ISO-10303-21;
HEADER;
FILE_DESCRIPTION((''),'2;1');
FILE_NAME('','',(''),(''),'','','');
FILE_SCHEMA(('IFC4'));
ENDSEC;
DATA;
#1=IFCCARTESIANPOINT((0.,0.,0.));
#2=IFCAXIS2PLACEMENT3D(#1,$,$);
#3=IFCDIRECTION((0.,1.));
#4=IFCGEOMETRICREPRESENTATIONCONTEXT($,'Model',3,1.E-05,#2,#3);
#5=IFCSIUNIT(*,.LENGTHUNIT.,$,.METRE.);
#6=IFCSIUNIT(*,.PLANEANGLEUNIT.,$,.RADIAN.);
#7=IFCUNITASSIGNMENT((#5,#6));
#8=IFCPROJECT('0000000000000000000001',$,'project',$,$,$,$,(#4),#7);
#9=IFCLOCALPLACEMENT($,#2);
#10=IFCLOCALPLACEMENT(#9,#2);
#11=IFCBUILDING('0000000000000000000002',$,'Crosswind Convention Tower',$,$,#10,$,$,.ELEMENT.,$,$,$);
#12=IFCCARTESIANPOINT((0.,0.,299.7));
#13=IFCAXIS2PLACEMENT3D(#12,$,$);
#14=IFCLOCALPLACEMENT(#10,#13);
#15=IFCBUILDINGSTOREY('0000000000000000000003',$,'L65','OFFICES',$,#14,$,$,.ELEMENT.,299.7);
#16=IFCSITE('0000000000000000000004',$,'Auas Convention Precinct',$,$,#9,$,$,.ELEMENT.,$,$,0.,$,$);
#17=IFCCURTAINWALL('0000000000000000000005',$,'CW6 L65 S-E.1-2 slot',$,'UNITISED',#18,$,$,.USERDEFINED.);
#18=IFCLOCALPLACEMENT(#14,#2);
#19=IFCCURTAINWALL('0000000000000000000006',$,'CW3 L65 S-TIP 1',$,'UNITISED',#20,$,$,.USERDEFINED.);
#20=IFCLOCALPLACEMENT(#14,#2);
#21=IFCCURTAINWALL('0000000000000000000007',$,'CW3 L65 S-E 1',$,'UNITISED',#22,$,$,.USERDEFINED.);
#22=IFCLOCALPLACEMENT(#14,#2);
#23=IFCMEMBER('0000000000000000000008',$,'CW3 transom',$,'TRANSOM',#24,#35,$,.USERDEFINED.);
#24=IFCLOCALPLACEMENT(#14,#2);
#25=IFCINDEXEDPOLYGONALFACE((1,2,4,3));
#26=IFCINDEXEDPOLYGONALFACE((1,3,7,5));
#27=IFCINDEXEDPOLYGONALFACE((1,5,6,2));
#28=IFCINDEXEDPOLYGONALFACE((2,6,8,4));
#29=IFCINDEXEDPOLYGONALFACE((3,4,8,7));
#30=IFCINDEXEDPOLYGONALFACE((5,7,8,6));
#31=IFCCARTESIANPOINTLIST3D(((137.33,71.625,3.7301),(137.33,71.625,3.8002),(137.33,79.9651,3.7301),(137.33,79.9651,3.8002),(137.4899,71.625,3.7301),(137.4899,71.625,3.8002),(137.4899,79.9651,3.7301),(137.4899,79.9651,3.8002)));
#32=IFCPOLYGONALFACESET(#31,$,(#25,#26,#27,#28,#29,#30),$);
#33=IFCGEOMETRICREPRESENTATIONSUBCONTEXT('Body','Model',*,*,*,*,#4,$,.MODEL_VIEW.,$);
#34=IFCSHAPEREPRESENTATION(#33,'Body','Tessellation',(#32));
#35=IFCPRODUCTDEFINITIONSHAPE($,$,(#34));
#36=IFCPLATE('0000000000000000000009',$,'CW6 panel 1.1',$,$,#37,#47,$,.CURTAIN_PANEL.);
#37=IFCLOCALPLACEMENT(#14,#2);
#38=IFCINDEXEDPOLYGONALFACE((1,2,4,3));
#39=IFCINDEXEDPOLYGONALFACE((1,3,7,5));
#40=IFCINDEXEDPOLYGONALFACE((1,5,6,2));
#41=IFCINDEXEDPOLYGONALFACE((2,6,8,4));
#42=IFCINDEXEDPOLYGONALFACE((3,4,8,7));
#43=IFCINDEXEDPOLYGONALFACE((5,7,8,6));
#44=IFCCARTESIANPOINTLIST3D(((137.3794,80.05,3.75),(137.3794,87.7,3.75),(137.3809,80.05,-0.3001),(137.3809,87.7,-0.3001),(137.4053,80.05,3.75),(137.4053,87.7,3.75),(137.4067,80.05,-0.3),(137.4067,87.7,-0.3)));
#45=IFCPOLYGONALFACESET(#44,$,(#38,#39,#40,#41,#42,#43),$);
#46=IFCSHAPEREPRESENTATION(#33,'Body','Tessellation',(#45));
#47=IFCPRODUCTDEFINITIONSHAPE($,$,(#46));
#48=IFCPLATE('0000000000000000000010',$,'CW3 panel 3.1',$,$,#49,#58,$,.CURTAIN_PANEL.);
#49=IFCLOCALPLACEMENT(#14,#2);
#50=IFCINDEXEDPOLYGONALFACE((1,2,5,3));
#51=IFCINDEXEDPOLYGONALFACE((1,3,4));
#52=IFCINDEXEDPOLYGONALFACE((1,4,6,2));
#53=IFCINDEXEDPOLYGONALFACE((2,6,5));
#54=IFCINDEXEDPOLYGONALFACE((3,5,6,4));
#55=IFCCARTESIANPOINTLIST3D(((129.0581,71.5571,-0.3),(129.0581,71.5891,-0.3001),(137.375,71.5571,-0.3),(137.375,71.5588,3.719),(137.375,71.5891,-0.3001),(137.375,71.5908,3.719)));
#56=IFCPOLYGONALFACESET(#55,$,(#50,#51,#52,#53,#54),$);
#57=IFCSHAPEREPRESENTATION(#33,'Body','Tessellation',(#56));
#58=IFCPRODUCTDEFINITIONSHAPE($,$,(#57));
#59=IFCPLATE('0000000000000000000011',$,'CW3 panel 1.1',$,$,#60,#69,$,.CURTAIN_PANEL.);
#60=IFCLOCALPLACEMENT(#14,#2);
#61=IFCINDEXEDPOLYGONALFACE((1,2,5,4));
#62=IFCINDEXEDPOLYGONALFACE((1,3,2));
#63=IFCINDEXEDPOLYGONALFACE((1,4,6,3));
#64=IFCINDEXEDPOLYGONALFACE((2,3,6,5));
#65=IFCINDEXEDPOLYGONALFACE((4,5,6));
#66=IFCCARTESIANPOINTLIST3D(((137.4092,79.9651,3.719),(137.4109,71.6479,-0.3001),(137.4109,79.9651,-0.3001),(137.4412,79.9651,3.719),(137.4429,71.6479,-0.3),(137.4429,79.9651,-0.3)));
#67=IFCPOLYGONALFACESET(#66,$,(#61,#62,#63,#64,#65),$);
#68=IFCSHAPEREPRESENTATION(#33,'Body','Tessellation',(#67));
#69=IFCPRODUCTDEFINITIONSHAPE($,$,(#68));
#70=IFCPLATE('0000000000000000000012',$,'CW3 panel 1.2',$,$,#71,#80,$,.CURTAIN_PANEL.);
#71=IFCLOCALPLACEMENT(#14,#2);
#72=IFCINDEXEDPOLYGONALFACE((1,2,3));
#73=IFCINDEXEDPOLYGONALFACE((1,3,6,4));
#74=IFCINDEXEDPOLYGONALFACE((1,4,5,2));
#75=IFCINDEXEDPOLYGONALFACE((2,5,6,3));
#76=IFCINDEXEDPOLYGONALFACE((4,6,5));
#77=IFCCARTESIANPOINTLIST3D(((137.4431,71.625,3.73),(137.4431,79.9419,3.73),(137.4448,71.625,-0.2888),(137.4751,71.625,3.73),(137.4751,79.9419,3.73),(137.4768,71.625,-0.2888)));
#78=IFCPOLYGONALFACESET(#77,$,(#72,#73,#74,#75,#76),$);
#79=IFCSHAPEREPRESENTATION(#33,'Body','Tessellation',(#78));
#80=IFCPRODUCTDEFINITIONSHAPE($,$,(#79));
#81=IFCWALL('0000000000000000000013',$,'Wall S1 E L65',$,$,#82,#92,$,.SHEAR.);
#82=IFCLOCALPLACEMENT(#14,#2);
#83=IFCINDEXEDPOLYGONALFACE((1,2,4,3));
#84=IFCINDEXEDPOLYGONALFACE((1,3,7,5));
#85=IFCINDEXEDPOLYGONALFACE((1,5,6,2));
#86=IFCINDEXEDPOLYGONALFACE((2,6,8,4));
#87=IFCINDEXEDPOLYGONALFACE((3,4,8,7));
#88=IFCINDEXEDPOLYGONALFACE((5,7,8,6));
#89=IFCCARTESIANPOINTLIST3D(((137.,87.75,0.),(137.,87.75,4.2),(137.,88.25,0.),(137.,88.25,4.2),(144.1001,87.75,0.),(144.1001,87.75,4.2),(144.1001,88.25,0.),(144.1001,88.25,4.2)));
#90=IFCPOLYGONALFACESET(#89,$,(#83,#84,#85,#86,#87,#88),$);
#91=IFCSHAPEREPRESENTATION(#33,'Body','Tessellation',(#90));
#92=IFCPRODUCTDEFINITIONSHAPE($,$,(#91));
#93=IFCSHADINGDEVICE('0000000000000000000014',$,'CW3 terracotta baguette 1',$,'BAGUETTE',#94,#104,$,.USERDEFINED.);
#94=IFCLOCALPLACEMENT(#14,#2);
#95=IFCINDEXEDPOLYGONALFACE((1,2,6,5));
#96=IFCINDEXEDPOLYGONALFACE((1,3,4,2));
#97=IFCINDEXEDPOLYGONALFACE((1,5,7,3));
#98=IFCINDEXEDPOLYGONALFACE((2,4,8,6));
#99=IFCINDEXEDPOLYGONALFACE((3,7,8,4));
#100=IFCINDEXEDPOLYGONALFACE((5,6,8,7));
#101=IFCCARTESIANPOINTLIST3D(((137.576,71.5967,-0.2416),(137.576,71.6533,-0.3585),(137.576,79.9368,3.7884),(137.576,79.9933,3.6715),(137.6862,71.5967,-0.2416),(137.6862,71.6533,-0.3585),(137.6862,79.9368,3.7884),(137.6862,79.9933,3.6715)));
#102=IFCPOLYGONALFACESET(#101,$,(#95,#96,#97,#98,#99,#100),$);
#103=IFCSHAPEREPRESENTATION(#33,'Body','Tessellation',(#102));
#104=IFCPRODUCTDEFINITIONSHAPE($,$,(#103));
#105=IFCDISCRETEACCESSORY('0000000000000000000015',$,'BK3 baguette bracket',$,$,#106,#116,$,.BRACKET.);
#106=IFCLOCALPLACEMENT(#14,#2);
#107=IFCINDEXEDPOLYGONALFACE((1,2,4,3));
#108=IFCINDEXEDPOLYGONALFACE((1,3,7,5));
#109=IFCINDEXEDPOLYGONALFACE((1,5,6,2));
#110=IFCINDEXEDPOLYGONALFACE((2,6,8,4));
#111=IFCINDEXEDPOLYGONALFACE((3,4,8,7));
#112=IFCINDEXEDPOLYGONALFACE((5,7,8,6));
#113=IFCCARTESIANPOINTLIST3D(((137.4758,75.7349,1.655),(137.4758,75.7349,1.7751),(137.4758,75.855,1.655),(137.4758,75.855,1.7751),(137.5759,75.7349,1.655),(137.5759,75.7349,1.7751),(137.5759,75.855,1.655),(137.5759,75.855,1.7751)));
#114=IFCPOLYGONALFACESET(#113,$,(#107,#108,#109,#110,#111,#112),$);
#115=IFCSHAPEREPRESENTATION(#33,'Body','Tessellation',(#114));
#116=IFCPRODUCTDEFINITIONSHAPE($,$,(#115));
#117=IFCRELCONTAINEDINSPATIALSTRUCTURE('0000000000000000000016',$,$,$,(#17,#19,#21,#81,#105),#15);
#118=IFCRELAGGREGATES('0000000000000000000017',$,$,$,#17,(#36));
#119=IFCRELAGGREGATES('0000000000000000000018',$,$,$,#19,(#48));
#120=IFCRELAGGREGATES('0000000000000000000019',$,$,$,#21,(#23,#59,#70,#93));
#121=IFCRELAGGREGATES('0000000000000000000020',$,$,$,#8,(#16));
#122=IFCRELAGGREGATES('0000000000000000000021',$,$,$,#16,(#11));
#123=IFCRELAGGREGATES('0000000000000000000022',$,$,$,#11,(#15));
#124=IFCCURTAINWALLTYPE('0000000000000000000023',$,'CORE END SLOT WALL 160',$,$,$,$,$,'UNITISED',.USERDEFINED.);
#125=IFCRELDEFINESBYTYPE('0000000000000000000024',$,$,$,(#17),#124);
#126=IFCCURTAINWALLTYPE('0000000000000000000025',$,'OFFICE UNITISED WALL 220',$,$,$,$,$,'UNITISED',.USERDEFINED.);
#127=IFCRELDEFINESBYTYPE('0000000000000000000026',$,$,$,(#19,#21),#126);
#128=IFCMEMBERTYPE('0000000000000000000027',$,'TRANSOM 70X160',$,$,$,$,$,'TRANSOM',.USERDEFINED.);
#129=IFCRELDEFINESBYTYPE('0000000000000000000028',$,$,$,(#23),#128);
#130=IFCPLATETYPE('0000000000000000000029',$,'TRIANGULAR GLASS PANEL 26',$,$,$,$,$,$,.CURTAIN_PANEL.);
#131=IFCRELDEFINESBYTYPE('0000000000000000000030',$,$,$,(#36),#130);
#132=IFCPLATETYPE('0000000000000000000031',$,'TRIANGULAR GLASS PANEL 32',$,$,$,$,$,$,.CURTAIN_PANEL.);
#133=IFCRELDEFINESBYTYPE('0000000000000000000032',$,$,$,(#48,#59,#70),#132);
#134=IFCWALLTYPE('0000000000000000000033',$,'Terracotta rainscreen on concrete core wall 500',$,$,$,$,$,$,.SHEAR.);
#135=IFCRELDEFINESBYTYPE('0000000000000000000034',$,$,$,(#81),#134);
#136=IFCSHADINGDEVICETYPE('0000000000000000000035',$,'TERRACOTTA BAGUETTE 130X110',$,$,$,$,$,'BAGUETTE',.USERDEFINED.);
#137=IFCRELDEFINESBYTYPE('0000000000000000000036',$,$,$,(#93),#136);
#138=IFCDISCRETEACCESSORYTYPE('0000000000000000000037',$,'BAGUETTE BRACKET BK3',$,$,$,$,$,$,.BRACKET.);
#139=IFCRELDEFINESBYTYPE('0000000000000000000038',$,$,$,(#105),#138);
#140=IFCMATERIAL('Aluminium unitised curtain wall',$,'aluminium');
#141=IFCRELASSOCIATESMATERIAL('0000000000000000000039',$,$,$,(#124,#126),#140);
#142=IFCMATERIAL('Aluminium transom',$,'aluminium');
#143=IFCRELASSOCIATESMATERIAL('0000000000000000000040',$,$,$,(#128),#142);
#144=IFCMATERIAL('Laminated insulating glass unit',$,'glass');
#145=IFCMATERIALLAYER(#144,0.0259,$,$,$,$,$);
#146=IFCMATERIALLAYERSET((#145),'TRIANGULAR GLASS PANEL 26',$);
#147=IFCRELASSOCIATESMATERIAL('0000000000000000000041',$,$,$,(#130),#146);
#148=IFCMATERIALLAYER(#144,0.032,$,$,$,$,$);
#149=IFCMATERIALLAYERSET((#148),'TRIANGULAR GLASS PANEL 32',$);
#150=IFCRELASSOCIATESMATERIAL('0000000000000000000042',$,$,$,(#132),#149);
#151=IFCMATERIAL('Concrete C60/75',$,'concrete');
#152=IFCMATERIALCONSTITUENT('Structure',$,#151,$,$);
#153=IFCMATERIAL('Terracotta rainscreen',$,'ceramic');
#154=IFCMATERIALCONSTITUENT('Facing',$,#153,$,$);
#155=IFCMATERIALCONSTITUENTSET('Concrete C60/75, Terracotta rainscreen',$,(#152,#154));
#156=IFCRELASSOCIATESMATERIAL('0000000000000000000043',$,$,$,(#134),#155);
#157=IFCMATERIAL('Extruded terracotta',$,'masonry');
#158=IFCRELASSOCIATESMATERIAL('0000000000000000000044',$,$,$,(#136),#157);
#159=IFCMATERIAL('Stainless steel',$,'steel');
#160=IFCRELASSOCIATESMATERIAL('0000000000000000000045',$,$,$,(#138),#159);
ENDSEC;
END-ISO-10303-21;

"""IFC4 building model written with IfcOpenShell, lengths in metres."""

from ifc_helpers import new_model, si_unit, direction, frame, frame_2d, origin, origin_2d, place, context, subcontext, project, spatial, polyline, rectangle, outline, extrude, material, layer, layer_set, constituent, constituent_set, material_profile, profile_set, type_object, element, aggregate, save


model = new_model("IFC4")

# Units and contexts
model_context = context("Model", 3, precision=1e-05, world=origin(), true_north=direction((0.0, 1.0)))
body_context = subcontext(model_context, "Body", "Model", "MODEL_VIEW")
ifc_project = project(units=[si_unit("LENGTHUNIT", "METRE"), si_unit("PLANEANGLEUNIT", "RADIAN")], contexts=[model_context])

# Site, building, storey
site_placement = place(None, origin())
site = spatial("IfcSite", under=ifc_project, at=site_placement, Name="Auas Convention Precinct", CompositionType="ELEMENT", RefElevation=0.0)
building_placement = place(site_placement, origin())
building = spatial("IfcBuilding", under=site, at=building_placement, Name="Crosswind Convention Tower", CompositionType="ELEMENT")
storey_placement = place(building_placement, frame((0.0, 0.0, 299.7)))
storey = spatial("IfcBuildingStorey", under=building, at=storey_placement, Name="L65", Description="OFFICES", CompositionType="ELEMENT", Elevation=299.7)

# Shared definitions
ifc_material_1 = material(Name="Concrete C60/75", Category="concrete")

# Curtain wall
ifc_material_2 = material(Name="Aluminium unitised curtain wall", Category="aluminium")
curtain_wall_type_1 = type_object("IfcCurtainWallType", Name="CORE END SLOT WALL 160", ElementType="UNITISED", PredefinedType="USERDEFINED", material=ifc_material_2)
curtain_wall_1_placement = place(storey_placement, origin())
curtain_wall_1 = element("IfcCurtainWall", 1, at=curtain_wall_1_placement, inside=storey, type_object=curtain_wall_type_1, Name="CW6 L65 S-E.1-2 slot", ObjectType="UNITISED", PredefinedType="USERDEFINED")

# Curtain walls
curtain_wall_type_2 = type_object("IfcCurtainWallType", Name="OFFICE UNITISED WALL 220", ElementType="UNITISED", PredefinedType="USERDEFINED", material=ifc_material_2)
curtain_wall_2_placement = place(storey_placement, origin())
curtain_wall_2 = element("IfcCurtainWall", 2, at=curtain_wall_2_placement, inside=storey, type_object=curtain_wall_type_2, Name="CW3 L65 S-TIP 1", ObjectType="UNITISED", PredefinedType="USERDEFINED")
curtain_wall_3_placement = place(storey_placement, origin())
curtain_wall_3 = element("IfcCurtainWall", 3, at=curtain_wall_3_placement, inside=storey, type_object=curtain_wall_type_2, Name="CW3 L65 S-E 1", ObjectType="UNITISED", PredefinedType="USERDEFINED")

# Member
ifc_material_3 = material(Name="Aluminium transom", Category="aluminium")
ifc_material_profile_1 = material_profile(ifc_material_3, rectangle(XDim=0.1599, YDim=0.0701, at=origin_2d()), Name="AL 160X70")
ifc_profile_set_1 = profile_set([ifc_material_profile_1], Name="Aluminium transom")
member_type_1 = type_object("IfcMemberType", Name="TRANSOM 70X160", ElementType="TRANSOM", PredefinedType="USERDEFINED", material=ifc_profile_set_1)
member_1_placement = place(storey_placement, frame((137.4099, 71.625, 3.7651), z_axis=(0.0, 1.0, 0.0), x_axis=(-1.0, 0.0, 0.0)))
member_1 = element("IfcMember", 4, at=member_1_placement, type_object=member_type_1, Name="CW3 transom", ObjectType="TRANSOM", PredefinedType="USERDEFINED", context=body_context, shape_type="SweptSolid", body=[
    extrude(rectangle(XDim=0.1599, YDim=0.0701, at=origin_2d()), origin(), (0.0, 0.0, 1.0), 8.3401),
])

# Plates
ifc_material_4 = material(Name="Laminated insulating glass unit", Category="glass")
ifc_layer_1 = layer(ifc_material_4, 0.0259)
ifc_layer_set_1 = layer_set([ifc_layer_1], Name="TRIANGULAR GLASS PANEL 26")
plate_type_1 = type_object("IfcPlateType", Name="TRIANGULAR GLASS PANEL 26", PredefinedType="CURTAIN_PANEL", material=ifc_layer_set_1)
plate_1_placement = place(storey_placement, frame((137.4067, 80.05, -0.3), z_axis=(1.0, 0.0, 0.000362), x_axis=(0.0, 1.0, 0.0)))
plate_1 = element("IfcPlate", 5, at=plate_1_placement, type_object=plate_type_1, Name="CW6 panel 1.1", PredefinedType="CURTAIN_PANEL", context=body_context, shape_type="SweptSolid", body=[
    extrude(outline(polyline([(0.0, 0.0), (7.6499, 0.0), (7.6499, 4.05), (0.0, 4.05), (0.0, 0.0)])), origin(), (0.0, 0.0, -1.0), 0.0259),
])
aggregate(curtain_wall_1, [plate_1])
ifc_layer_2 = layer(ifc_material_4, 0.032)
ifc_layer_set_2 = layer_set([ifc_layer_2], Name="TRIANGULAR GLASS PANEL 32")
plate_type_2 = type_object("IfcPlateType", Name="TRIANGULAR GLASS PANEL 32", PredefinedType="CURTAIN_PANEL", material=ifc_layer_set_2)
plate_2_placement = place(storey_placement, frame((137.375, 71.5571, -0.3), z_axis=(0.0, -1.0, 0.000425), x_axis=(0.0, 0.000425, 1.0)))
plate_2 = element("IfcPlate", 6, at=plate_2_placement, type_object=plate_type_2, Name="CW3 panel 3.1", PredefinedType="CURTAIN_PANEL", context=body_context, shape_type="SweptSolid", body=[
    extrude(outline(polyline([(0.0, 0.0), (4.019, 0.0), (0.0, 8.3169), (0.0, 0.0)])), origin(), (0.0, 0.0, -1.0), 0.032),
])
aggregate(curtain_wall_2, [plate_2])
plate_3_placement = place(storey_placement, frame((137.4429, 79.9651, -0.3), z_axis=(1.0, 0.0, 0.000425), x_axis=(-0.000425, 0.0, 1.0)))
plate_3 = element("IfcPlate", 7, at=plate_3_placement, type_object=plate_type_2, Name="CW3 panel 1.1", PredefinedType="CURTAIN_PANEL", context=body_context, shape_type="SweptSolid", body=[
    extrude(outline(polyline([(0.0, 0.0), (4.019, 0.0), (0.0, 8.3171), (0.0, 0.0)])), origin(), (0.0, 0.0, -1.0), 0.032),
])
plate_4_placement = place(storey_placement, frame((137.4751, 71.625, 3.73), z_axis=(1.0, 0.0, 0.000425), x_axis=(0.000425, 0.0, -1.0)))
plate_4 = element("IfcPlate", 8, at=plate_4_placement, type_object=plate_type_2, Name="CW3 panel 1.2", PredefinedType="CURTAIN_PANEL", context=body_context, shape_type="SweptSolid", body=[
    extrude(outline(polyline([(0.0, 0.0), (4.0188, 0.0), (0.0, 8.3169), (0.0, 0.0)])), origin(), (0.0, 0.0, -1.0), 0.032),
])

# Wall
ifc_constituent_1 = constituent(ifc_material_1, Name="Structure")
ifc_material_5 = material(Name="Terracotta rainscreen", Category="ceramic")
ifc_constituent_2 = constituent(ifc_material_5, Name="Facing")
ifc_constituent_set = constituent_set(constituents=[ifc_constituent_1, ifc_constituent_2], Name="Concrete C60/75, Terracotta rainscreen")
wall_type = type_object("IfcWallType", Name="Terracotta rainscreen on concrete core wall 500", PredefinedType="SHEAR", material=ifc_constituent_set)
wall_placement = place(storey_placement, frame((137.0, 88.0, 0.0), z_axis=(0.0, 0.0, 1.0), x_axis=(1.0, 0.0, 0.0)))
element("IfcWall", 9, at=wall_placement, inside=storey, type_object=wall_type, Name="Wall S1 E L65", PredefinedType="SHEAR", context=body_context, shape_type="SweptSolid", body=[
    extrude(rectangle(XDim=7.1001, YDim=0.5, at=frame_2d((3.55, 0.0))), origin(), (0.0, 0.0, 1.0), 4.2),
])

# Shading device
ifc_material_6 = material(Name="Extruded terracotta", Category="masonry")
ifc_material_profile_2 = material_profile(ifc_material_6, rectangle(XDim=0.1101, YDim=0.1299, at=origin_2d()), Name="TC 110X130")
ifc_profile_set_2 = profile_set([ifc_material_profile_2], Name="Extruded terracotta")
shading_device_type = type_object("IfcShadingDeviceType", Name="TERRACOTTA BAGUETTE 130X110", ElementType="BAGUETTE", PredefinedType="USERDEFINED", material=ifc_profile_set_2)
shading_device_placement = place(storey_placement, frame((137.6311, 71.625, -0.3), z_axis=(0.0, 0.900392, 0.43508), x_axis=(-1.0, 0.0, 0.0)))
shading_device = element("IfcShadingDevice", 10, at=shading_device_placement, type_object=shading_device_type, Name="CW3 terracotta baguette 1", ObjectType="BAGUETTE", PredefinedType="USERDEFINED", context=body_context, shape_type="SweptSolid", body=[
    extrude(rectangle(XDim=0.1101, YDim=0.1299, at=origin_2d()), origin(), (0.0, 0.0, 1.0), 9.2627),
])
aggregate(curtain_wall_3, [member_1, plate_3, plate_4, shading_device])

# Discrete accessory
ifc_material_7 = material(Name="Stainless steel", Category="steel")
discrete_accessory_type = type_object("IfcDiscreteAccessoryType", Name="BAGUETTE BRACKET BK3", PredefinedType="BRACKET", material=ifc_material_7)
discrete_accessory_placement = place(storey_placement, frame((137.5259, 75.7949, 1.655), z_axis=(0.0, 0.0, 1.0), x_axis=(0.0, 1.0, 0.0)))
element("IfcDiscreteAccessory", 11, at=discrete_accessory_placement, inside=storey, type_object=discrete_accessory_type, Name="BK3 baguette bracket", PredefinedType="BRACKET", context=body_context, shape_type="SweptSolid", body=[
    extrude(rectangle(XDim=0.1201, YDim=0.1001, at=origin_2d()), origin(), (0.0, 0.0, 1.0), 0.1201),
])

save(model, "model.ifc")
